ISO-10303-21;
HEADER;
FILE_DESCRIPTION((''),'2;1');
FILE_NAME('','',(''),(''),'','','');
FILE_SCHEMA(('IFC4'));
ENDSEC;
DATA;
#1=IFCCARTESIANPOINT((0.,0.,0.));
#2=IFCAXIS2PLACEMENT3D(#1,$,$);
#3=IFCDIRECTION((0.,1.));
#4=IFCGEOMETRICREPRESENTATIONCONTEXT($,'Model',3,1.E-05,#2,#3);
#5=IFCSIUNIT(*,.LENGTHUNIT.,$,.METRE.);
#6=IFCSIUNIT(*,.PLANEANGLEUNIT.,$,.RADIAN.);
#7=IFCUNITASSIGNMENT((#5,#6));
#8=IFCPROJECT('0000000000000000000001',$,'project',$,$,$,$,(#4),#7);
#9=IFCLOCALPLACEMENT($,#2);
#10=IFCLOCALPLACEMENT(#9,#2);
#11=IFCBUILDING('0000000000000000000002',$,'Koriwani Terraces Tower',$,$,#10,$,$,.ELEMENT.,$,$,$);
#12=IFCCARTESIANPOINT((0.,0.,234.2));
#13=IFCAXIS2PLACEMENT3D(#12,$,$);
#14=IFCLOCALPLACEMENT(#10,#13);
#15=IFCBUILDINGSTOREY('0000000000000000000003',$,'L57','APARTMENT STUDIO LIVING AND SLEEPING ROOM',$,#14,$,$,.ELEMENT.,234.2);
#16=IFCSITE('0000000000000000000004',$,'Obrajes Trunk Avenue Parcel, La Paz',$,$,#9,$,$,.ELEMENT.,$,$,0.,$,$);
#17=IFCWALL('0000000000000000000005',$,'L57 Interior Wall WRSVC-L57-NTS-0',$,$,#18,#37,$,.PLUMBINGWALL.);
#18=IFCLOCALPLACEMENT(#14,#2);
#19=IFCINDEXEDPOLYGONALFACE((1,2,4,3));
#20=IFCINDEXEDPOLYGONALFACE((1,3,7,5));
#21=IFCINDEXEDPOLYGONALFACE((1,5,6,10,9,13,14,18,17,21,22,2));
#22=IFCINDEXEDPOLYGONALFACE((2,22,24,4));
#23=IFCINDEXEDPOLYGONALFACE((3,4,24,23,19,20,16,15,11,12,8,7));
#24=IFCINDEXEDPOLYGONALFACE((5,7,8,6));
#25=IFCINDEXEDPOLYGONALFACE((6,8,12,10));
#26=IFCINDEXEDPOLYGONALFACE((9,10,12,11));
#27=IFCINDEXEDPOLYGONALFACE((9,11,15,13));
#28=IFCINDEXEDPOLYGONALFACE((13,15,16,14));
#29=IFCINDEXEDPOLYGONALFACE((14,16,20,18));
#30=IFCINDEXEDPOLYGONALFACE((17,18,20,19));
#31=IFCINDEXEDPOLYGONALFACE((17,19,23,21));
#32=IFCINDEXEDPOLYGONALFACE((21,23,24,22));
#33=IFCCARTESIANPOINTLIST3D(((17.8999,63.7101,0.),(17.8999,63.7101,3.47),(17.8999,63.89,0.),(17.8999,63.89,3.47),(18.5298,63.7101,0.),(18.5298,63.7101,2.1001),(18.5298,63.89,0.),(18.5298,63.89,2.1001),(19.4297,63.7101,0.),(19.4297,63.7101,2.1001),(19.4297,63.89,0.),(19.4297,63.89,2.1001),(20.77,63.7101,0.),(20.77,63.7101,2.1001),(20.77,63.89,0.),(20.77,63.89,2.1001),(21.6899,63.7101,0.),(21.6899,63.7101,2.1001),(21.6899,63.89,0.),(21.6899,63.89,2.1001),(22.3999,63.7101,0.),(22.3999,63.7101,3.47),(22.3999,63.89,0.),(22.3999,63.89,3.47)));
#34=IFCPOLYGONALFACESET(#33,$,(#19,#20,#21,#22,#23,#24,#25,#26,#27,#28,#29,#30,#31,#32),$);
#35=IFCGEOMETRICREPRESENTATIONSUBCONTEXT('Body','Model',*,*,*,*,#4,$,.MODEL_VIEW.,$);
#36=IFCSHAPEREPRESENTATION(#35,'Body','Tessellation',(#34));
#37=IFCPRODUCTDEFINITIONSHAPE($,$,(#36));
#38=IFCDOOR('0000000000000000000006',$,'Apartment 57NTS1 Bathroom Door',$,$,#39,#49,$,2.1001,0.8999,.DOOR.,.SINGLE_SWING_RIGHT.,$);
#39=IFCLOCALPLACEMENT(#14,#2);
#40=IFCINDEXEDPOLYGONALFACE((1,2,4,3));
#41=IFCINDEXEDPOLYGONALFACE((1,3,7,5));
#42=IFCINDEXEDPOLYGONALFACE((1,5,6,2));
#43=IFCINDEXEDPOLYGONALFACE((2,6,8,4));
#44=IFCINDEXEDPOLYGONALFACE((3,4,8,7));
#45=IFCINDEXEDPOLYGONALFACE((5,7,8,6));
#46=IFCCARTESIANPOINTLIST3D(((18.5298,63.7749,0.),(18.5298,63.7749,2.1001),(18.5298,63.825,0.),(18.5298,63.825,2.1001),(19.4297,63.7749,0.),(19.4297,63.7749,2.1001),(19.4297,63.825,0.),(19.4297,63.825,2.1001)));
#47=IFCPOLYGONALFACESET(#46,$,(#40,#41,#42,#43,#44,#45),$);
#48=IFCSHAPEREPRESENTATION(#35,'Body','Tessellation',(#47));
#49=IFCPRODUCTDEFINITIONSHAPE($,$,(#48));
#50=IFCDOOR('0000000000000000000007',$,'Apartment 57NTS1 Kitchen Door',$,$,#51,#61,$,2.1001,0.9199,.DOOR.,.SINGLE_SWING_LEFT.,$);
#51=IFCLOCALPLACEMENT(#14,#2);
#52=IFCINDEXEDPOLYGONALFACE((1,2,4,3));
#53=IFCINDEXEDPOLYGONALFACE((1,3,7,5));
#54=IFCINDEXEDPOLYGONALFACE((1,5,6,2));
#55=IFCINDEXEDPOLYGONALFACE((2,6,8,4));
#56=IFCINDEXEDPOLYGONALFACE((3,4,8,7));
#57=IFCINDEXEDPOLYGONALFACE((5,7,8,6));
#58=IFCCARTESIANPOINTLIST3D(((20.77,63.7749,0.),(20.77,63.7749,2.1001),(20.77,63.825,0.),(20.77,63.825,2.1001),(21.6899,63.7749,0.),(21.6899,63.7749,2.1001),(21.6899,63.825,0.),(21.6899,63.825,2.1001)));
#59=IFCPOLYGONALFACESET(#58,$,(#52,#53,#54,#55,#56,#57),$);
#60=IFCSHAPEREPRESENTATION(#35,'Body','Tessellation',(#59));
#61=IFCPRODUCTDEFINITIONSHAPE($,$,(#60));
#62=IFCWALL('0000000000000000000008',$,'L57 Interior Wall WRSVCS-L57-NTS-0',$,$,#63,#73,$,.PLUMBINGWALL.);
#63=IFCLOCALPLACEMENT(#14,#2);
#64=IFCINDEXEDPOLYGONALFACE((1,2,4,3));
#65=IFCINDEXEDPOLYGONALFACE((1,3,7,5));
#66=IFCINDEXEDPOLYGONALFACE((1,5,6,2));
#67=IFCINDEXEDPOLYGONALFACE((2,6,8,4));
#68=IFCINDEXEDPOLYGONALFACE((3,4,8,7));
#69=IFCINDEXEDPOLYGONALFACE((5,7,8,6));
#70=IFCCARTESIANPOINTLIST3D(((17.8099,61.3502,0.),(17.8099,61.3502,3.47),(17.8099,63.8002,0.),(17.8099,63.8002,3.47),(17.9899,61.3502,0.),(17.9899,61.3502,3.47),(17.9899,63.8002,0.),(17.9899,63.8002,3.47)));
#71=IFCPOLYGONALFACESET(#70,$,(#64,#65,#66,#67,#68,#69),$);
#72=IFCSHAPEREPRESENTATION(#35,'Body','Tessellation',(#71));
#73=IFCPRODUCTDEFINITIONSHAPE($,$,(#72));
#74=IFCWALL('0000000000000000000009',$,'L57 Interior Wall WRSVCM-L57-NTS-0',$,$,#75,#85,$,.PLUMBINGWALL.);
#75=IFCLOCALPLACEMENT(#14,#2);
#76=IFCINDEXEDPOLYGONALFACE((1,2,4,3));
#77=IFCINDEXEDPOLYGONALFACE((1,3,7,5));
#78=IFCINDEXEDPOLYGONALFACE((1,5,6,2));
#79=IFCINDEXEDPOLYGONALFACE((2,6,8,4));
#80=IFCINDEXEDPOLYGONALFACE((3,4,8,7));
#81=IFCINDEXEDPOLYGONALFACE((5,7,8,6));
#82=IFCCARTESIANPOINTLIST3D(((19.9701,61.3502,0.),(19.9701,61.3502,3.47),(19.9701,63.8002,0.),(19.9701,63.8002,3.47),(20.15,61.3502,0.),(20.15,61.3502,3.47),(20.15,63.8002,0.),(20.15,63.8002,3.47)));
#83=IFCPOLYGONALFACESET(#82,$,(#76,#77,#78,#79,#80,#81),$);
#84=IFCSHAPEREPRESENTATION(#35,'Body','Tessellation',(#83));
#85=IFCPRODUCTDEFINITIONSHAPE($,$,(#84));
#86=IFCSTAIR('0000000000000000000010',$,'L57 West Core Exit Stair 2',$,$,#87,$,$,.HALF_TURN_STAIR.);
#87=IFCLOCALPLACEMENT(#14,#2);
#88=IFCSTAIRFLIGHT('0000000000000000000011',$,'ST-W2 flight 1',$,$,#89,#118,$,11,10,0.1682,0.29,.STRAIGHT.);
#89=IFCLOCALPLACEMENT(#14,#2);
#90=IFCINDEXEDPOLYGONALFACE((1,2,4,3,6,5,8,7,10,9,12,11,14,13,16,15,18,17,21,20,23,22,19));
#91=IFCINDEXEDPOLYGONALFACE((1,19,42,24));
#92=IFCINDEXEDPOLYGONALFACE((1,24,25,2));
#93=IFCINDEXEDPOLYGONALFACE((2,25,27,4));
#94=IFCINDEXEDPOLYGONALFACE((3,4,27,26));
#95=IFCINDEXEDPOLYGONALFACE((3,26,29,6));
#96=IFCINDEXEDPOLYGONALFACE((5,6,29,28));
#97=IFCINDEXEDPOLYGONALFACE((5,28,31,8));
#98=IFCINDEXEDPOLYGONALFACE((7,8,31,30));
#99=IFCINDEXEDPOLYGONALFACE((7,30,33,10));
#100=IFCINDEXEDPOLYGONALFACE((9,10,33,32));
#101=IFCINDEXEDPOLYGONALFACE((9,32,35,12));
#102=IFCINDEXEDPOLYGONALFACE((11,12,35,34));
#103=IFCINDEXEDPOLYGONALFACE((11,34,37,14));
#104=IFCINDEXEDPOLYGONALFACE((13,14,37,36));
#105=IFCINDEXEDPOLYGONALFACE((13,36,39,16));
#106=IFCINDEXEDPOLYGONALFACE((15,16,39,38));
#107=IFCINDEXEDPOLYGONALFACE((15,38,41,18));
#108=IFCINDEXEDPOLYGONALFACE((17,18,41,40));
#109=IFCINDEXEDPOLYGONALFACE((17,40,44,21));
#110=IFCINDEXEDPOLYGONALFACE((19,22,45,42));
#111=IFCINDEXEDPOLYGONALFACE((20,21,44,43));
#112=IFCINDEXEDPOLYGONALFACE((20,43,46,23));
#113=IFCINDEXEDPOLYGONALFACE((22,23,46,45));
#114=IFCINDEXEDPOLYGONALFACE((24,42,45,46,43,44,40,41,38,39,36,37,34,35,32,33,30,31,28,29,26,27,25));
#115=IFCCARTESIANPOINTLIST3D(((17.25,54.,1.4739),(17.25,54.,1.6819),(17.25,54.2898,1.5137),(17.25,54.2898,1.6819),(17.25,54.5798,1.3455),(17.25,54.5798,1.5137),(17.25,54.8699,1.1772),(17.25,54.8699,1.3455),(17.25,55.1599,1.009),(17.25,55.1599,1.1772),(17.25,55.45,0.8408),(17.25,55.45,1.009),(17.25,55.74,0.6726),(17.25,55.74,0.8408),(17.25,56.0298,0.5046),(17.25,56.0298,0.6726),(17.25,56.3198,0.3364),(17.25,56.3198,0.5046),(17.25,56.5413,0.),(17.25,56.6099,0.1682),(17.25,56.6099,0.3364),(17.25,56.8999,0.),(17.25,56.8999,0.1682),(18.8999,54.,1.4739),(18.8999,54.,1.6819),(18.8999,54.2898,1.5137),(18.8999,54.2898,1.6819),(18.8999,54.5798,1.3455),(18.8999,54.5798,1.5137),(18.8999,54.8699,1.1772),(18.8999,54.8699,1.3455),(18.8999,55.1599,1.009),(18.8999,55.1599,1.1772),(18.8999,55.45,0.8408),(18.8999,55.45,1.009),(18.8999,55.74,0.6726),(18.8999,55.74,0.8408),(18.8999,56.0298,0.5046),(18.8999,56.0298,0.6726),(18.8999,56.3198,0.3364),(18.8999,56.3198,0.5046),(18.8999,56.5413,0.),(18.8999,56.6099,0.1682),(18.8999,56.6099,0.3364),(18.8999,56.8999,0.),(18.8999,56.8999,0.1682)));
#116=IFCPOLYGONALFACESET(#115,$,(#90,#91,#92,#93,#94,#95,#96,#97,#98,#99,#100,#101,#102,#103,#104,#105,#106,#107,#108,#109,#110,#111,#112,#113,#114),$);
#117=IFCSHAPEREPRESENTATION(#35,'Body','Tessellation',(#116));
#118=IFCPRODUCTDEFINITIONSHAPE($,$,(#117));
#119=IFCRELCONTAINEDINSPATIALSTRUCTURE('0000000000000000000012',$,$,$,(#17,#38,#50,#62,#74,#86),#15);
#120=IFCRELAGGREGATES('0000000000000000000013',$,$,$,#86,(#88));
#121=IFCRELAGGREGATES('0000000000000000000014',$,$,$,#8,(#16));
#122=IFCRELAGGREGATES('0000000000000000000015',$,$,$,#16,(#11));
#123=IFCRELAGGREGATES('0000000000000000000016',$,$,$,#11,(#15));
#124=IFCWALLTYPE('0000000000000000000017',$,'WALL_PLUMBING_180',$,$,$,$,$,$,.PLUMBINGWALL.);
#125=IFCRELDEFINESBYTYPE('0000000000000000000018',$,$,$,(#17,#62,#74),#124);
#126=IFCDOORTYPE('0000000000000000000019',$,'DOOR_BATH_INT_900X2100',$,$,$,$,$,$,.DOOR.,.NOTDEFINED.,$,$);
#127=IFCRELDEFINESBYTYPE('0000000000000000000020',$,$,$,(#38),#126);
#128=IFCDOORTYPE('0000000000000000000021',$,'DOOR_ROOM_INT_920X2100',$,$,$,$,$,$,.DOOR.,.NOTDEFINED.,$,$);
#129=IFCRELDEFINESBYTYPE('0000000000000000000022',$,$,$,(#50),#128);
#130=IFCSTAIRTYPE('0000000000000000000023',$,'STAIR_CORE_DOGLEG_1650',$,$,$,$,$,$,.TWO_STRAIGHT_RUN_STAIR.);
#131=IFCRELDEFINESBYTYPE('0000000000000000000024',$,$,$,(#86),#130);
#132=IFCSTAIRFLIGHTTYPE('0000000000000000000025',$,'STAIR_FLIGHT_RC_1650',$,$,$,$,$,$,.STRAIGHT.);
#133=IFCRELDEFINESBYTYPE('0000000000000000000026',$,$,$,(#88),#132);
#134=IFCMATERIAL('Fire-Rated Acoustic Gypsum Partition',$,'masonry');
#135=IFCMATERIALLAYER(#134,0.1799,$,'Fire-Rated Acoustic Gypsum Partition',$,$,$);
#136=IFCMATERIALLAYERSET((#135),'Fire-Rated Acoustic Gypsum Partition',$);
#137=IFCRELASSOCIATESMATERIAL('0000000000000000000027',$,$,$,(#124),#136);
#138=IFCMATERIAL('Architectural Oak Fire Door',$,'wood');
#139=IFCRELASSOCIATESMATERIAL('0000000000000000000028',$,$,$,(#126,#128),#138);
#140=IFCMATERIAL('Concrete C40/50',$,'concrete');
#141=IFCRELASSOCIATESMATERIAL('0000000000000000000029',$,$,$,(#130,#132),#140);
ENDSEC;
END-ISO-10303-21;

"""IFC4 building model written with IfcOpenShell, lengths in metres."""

from ifc_helpers import new_model, si_unit, direction, frame, frame_2d, origin, place, context, subcontext, project, spatial, polyline, rectangle, outline, extrude, material, layer, layer_set, type_object, element, fill, aggregate, save


model = new_model("IFC4")

# Units and contexts
model_context = context("Model", 3, precision=1e-05, world=origin(), true_north=direction((0.0, 1.0)))
body_context = subcontext(model_context, "Body", "Model", "MODEL_VIEW")
ifc_project = project(units=[si_unit("LENGTHUNIT", "METRE"), si_unit("PLANEANGLEUNIT", "RADIAN")], contexts=[model_context])

# Site, building, storey
site_placement = place(None, origin())
site = spatial("IfcSite", under=ifc_project, at=site_placement, Name="Obrajes Trunk Avenue Parcel, La Paz", CompositionType="ELEMENT", RefElevation=0.0)
building_placement = place(site_placement, origin())
building = spatial("IfcBuilding", under=site, at=building_placement, Name="Koriwani Terraces Tower", CompositionType="ELEMENT")
storey_placement = place(building_placement, frame((0.0, 0.0, 234.2)))
storey = spatial("IfcBuildingStorey", under=building, at=storey_placement, Name="L57", Description="APARTMENT STUDIO LIVING AND SLEEPING ROOM", CompositionType="ELEMENT", Elevation=234.2)

# Shared definitions
ifc_material_1 = material(Name="Concrete C40/50", Category="concrete")

# Wall, openings, doors
ifc_material_2 = material(Name="Fire-Rated Acoustic Gypsum Partition", Category="masonry")
ifc_layer_1 = layer(ifc_material_2, 0.1799, Name="Fire-Rated Acoustic Gypsum Partition")
ifc_layer_set_1 = layer_set([ifc_layer_1], Name="Fire-Rated Acoustic Gypsum Partition")
wall_type_1 = type_object("IfcWallType", Name="WALL_PLUMBING_180", PredefinedType="PLUMBINGWALL", material=ifc_layer_set_1)
wall_1_placement = place(storey_placement, frame((17.8999, 63.8, 0.0), z_axis=(0.0, 0.0, 1.0), x_axis=(1.0, 0.0, 0.0)))
wall_1 = element("IfcWall", 1, at=wall_1_placement, inside=storey, type_object=wall_type_1, Name="L57 Interior Wall WRSVC-L57-NTS-0", PredefinedType="PLUMBINGWALL", context=body_context, shape_type="SweptSolid", body=[
    extrude(rectangle(XDim=4.5, YDim=0.1799, at=frame_2d((2.25, 0.0))), origin(), (0.0, 0.0, 1.0), 3.47),
])
opening_1_placement = place(wall_1_placement, frame((0.6299, 0.0, 0.0)))
opening_1 = element("IfcOpeningElement", 2, at=opening_1_placement, cuts=wall_1, PredefinedType="OPENING", context=body_context, shape_type="SweptSolid", body=[
    extrude(rectangle(XDim=0.8999, YDim=2.1001, at=frame_2d((0.45, 1.05))), frame((0.0, 0.1001, 0.0), z_axis=(0.0, -1.0, 0.0), x_axis=(1.0, 0.0, 0.0)), (0.0, 0.0, 1.0), 0.2),
])
opening_2_placement = place(wall_1_placement, frame((2.8701, 0.0, 0.0)))
opening_2 = element("IfcOpeningElement", 3, at=opening_2_placement, cuts=wall_1, PredefinedType="OPENING", context=body_context, shape_type="SweptSolid", body=[
    extrude(rectangle(XDim=0.9199, YDim=2.1001, at=frame_2d((0.46, 1.05))), frame((0.0, 0.1001, 0.0), z_axis=(0.0, -1.0, 0.0), x_axis=(1.0, 0.0, 0.0)), (0.0, 0.0, 1.0), 0.2),
])
ifc_material_3 = material(Name="Architectural Oak Fire Door", Category="wood")
door_type_1 = type_object("IfcDoorType", Name="DOOR_BATH_INT_900X2100", OperationType="NOTDEFINED", PredefinedType="DOOR", material=ifc_material_3)
door_1_placement = place(opening_1_placement, origin())
door_1 = element("IfcDoor", 4, at=door_1_placement, inside=storey, type_object=door_type_1, Name="Apartment 57NTS1 Bathroom Door", OperationType="SINGLE_SWING_RIGHT", OverallHeight=2.1001, OverallWidth=0.8999, PredefinedType="DOOR", context=body_context, shape_type="SweptSolid", body=[
    extrude(rectangle(XDim=0.8999, YDim=2.1001, at=frame_2d((0.45, 1.05))), frame((0.0, 0.0249, 0.0), z_axis=(0.0, -1.0, 0.0), x_axis=(1.0, 0.0, 0.0)), (0.0, 0.0, 1.0), 0.05),
])
fill(opening_1, door_1)
door_type_2 = type_object("IfcDoorType", Name="DOOR_ROOM_INT_920X2100", OperationType="NOTDEFINED", PredefinedType="DOOR", material=ifc_material_3)
door_2_placement = place(opening_2_placement, origin())
door_2 = element("IfcDoor", 5, at=door_2_placement, inside=storey, type_object=door_type_2, Name="Apartment 57NTS1 Kitchen Door", OperationType="SINGLE_SWING_LEFT", OverallHeight=2.1001, OverallWidth=0.9199, PredefinedType="DOOR", context=body_context, shape_type="SweptSolid", body=[
    extrude(rectangle(XDim=0.9199, YDim=2.1001, at=frame_2d((0.46, 1.05))), frame((0.0, 0.0249, 0.0), z_axis=(0.0, -1.0, 0.0), x_axis=(1.0, 0.0, 0.0)), (0.0, 0.0, 1.0), 0.05),
])
fill(opening_2, door_2)

# Walls
for number, where, z_axis, x_axis, name in (
    (6, (17.8999, 61.3501, 0.0), (0.0, 0.0, 1.0), (0.0, 1.0, 0.0), "L57 Interior Wall WRSVCS-L57-NTS-0"),
    (7, (20.0601, 61.3501, 0.0), (0.0, 0.0, 1.0), (0.0, 1.0, 0.0), "L57 Interior Wall WRSVCM-L57-NTS-0"),
):
    element("IfcWall", number, at=place(storey_placement, frame(where, z_axis=z_axis, x_axis=x_axis)), inside=storey, type_object=wall_type_1, Name=name, PredefinedType="PLUMBINGWALL", context=body_context, shape_type="SweptSolid", body=[
        extrude(rectangle(XDim=2.45, YDim=0.1799, at=frame_2d((1.2251, 0.0))), origin(), (0.0, 0.0, 1.0), 3.47),
    ])

# Stair, stair flight
stair_type = type_object("IfcStairType", Name="STAIR_CORE_DOGLEG_1650", PredefinedType="TWO_STRAIGHT_RUN_STAIR", material=ifc_material_1)
stair_placement = place(storey_placement, origin())
stair = element("IfcStair", 8, at=stair_placement, inside=storey, type_object=stair_type, Name="L57 West Core Exit Stair 2", PredefinedType="HALF_TURN_STAIR")
stair_flight_type = type_object("IfcStairFlightType", Name="STAIR_FLIGHT_RC_1650", PredefinedType="STRAIGHT", material=ifc_material_1)
stair_flight_placement = place(storey_placement, frame((18.075, 56.8999, 0.0), z_axis=(0.0, 0.0, 1.0), x_axis=(0.0, -1.0, 0.0)))
stair_flight = element("IfcStairFlight", 9, at=stair_flight_placement, type_object=stair_flight_type, Name="ST-W2 flight 1", NumberOfRisers=11, NumberOfTreads=10, PredefinedType="STRAIGHT", RiserHeight=0.1682, TreadLength=0.29, context=body_context, shape_type="SweptSolid", body=[
    extrude(outline(polyline([(0.0, 0.0), (0.0, 0.1682), (0.29, 0.1682), (0.29, 0.3364), (0.5801, 0.3364), (0.5801, 0.5046), (0.8701, 0.5046), (0.8701, 0.6726), (1.1599, 0.6726), (1.1599, 0.8408), (1.45, 0.8408), (1.45, 1.009), (1.74, 1.009), (1.74, 1.1772), (2.03, 1.1772), (2.03, 1.3455), (2.3201, 1.3455), (2.3201, 1.5137), (2.6101, 1.5137), (2.6101, 1.6819), (2.8999, 1.6819), (2.8999, 1.8501), (2.8999, 1.4739), (0.3586, 0.0), (0.0, 0.0)])), frame((0.0, 0.825, 0.0), z_axis=(0.0, -1.0, 0.0), x_axis=(1.0, 0.0, 0.0)), (0.0, 0.0, 1.0), 1.6499),
])
aggregate(stair, [stair_flight])

save(model, "model.ifc")
